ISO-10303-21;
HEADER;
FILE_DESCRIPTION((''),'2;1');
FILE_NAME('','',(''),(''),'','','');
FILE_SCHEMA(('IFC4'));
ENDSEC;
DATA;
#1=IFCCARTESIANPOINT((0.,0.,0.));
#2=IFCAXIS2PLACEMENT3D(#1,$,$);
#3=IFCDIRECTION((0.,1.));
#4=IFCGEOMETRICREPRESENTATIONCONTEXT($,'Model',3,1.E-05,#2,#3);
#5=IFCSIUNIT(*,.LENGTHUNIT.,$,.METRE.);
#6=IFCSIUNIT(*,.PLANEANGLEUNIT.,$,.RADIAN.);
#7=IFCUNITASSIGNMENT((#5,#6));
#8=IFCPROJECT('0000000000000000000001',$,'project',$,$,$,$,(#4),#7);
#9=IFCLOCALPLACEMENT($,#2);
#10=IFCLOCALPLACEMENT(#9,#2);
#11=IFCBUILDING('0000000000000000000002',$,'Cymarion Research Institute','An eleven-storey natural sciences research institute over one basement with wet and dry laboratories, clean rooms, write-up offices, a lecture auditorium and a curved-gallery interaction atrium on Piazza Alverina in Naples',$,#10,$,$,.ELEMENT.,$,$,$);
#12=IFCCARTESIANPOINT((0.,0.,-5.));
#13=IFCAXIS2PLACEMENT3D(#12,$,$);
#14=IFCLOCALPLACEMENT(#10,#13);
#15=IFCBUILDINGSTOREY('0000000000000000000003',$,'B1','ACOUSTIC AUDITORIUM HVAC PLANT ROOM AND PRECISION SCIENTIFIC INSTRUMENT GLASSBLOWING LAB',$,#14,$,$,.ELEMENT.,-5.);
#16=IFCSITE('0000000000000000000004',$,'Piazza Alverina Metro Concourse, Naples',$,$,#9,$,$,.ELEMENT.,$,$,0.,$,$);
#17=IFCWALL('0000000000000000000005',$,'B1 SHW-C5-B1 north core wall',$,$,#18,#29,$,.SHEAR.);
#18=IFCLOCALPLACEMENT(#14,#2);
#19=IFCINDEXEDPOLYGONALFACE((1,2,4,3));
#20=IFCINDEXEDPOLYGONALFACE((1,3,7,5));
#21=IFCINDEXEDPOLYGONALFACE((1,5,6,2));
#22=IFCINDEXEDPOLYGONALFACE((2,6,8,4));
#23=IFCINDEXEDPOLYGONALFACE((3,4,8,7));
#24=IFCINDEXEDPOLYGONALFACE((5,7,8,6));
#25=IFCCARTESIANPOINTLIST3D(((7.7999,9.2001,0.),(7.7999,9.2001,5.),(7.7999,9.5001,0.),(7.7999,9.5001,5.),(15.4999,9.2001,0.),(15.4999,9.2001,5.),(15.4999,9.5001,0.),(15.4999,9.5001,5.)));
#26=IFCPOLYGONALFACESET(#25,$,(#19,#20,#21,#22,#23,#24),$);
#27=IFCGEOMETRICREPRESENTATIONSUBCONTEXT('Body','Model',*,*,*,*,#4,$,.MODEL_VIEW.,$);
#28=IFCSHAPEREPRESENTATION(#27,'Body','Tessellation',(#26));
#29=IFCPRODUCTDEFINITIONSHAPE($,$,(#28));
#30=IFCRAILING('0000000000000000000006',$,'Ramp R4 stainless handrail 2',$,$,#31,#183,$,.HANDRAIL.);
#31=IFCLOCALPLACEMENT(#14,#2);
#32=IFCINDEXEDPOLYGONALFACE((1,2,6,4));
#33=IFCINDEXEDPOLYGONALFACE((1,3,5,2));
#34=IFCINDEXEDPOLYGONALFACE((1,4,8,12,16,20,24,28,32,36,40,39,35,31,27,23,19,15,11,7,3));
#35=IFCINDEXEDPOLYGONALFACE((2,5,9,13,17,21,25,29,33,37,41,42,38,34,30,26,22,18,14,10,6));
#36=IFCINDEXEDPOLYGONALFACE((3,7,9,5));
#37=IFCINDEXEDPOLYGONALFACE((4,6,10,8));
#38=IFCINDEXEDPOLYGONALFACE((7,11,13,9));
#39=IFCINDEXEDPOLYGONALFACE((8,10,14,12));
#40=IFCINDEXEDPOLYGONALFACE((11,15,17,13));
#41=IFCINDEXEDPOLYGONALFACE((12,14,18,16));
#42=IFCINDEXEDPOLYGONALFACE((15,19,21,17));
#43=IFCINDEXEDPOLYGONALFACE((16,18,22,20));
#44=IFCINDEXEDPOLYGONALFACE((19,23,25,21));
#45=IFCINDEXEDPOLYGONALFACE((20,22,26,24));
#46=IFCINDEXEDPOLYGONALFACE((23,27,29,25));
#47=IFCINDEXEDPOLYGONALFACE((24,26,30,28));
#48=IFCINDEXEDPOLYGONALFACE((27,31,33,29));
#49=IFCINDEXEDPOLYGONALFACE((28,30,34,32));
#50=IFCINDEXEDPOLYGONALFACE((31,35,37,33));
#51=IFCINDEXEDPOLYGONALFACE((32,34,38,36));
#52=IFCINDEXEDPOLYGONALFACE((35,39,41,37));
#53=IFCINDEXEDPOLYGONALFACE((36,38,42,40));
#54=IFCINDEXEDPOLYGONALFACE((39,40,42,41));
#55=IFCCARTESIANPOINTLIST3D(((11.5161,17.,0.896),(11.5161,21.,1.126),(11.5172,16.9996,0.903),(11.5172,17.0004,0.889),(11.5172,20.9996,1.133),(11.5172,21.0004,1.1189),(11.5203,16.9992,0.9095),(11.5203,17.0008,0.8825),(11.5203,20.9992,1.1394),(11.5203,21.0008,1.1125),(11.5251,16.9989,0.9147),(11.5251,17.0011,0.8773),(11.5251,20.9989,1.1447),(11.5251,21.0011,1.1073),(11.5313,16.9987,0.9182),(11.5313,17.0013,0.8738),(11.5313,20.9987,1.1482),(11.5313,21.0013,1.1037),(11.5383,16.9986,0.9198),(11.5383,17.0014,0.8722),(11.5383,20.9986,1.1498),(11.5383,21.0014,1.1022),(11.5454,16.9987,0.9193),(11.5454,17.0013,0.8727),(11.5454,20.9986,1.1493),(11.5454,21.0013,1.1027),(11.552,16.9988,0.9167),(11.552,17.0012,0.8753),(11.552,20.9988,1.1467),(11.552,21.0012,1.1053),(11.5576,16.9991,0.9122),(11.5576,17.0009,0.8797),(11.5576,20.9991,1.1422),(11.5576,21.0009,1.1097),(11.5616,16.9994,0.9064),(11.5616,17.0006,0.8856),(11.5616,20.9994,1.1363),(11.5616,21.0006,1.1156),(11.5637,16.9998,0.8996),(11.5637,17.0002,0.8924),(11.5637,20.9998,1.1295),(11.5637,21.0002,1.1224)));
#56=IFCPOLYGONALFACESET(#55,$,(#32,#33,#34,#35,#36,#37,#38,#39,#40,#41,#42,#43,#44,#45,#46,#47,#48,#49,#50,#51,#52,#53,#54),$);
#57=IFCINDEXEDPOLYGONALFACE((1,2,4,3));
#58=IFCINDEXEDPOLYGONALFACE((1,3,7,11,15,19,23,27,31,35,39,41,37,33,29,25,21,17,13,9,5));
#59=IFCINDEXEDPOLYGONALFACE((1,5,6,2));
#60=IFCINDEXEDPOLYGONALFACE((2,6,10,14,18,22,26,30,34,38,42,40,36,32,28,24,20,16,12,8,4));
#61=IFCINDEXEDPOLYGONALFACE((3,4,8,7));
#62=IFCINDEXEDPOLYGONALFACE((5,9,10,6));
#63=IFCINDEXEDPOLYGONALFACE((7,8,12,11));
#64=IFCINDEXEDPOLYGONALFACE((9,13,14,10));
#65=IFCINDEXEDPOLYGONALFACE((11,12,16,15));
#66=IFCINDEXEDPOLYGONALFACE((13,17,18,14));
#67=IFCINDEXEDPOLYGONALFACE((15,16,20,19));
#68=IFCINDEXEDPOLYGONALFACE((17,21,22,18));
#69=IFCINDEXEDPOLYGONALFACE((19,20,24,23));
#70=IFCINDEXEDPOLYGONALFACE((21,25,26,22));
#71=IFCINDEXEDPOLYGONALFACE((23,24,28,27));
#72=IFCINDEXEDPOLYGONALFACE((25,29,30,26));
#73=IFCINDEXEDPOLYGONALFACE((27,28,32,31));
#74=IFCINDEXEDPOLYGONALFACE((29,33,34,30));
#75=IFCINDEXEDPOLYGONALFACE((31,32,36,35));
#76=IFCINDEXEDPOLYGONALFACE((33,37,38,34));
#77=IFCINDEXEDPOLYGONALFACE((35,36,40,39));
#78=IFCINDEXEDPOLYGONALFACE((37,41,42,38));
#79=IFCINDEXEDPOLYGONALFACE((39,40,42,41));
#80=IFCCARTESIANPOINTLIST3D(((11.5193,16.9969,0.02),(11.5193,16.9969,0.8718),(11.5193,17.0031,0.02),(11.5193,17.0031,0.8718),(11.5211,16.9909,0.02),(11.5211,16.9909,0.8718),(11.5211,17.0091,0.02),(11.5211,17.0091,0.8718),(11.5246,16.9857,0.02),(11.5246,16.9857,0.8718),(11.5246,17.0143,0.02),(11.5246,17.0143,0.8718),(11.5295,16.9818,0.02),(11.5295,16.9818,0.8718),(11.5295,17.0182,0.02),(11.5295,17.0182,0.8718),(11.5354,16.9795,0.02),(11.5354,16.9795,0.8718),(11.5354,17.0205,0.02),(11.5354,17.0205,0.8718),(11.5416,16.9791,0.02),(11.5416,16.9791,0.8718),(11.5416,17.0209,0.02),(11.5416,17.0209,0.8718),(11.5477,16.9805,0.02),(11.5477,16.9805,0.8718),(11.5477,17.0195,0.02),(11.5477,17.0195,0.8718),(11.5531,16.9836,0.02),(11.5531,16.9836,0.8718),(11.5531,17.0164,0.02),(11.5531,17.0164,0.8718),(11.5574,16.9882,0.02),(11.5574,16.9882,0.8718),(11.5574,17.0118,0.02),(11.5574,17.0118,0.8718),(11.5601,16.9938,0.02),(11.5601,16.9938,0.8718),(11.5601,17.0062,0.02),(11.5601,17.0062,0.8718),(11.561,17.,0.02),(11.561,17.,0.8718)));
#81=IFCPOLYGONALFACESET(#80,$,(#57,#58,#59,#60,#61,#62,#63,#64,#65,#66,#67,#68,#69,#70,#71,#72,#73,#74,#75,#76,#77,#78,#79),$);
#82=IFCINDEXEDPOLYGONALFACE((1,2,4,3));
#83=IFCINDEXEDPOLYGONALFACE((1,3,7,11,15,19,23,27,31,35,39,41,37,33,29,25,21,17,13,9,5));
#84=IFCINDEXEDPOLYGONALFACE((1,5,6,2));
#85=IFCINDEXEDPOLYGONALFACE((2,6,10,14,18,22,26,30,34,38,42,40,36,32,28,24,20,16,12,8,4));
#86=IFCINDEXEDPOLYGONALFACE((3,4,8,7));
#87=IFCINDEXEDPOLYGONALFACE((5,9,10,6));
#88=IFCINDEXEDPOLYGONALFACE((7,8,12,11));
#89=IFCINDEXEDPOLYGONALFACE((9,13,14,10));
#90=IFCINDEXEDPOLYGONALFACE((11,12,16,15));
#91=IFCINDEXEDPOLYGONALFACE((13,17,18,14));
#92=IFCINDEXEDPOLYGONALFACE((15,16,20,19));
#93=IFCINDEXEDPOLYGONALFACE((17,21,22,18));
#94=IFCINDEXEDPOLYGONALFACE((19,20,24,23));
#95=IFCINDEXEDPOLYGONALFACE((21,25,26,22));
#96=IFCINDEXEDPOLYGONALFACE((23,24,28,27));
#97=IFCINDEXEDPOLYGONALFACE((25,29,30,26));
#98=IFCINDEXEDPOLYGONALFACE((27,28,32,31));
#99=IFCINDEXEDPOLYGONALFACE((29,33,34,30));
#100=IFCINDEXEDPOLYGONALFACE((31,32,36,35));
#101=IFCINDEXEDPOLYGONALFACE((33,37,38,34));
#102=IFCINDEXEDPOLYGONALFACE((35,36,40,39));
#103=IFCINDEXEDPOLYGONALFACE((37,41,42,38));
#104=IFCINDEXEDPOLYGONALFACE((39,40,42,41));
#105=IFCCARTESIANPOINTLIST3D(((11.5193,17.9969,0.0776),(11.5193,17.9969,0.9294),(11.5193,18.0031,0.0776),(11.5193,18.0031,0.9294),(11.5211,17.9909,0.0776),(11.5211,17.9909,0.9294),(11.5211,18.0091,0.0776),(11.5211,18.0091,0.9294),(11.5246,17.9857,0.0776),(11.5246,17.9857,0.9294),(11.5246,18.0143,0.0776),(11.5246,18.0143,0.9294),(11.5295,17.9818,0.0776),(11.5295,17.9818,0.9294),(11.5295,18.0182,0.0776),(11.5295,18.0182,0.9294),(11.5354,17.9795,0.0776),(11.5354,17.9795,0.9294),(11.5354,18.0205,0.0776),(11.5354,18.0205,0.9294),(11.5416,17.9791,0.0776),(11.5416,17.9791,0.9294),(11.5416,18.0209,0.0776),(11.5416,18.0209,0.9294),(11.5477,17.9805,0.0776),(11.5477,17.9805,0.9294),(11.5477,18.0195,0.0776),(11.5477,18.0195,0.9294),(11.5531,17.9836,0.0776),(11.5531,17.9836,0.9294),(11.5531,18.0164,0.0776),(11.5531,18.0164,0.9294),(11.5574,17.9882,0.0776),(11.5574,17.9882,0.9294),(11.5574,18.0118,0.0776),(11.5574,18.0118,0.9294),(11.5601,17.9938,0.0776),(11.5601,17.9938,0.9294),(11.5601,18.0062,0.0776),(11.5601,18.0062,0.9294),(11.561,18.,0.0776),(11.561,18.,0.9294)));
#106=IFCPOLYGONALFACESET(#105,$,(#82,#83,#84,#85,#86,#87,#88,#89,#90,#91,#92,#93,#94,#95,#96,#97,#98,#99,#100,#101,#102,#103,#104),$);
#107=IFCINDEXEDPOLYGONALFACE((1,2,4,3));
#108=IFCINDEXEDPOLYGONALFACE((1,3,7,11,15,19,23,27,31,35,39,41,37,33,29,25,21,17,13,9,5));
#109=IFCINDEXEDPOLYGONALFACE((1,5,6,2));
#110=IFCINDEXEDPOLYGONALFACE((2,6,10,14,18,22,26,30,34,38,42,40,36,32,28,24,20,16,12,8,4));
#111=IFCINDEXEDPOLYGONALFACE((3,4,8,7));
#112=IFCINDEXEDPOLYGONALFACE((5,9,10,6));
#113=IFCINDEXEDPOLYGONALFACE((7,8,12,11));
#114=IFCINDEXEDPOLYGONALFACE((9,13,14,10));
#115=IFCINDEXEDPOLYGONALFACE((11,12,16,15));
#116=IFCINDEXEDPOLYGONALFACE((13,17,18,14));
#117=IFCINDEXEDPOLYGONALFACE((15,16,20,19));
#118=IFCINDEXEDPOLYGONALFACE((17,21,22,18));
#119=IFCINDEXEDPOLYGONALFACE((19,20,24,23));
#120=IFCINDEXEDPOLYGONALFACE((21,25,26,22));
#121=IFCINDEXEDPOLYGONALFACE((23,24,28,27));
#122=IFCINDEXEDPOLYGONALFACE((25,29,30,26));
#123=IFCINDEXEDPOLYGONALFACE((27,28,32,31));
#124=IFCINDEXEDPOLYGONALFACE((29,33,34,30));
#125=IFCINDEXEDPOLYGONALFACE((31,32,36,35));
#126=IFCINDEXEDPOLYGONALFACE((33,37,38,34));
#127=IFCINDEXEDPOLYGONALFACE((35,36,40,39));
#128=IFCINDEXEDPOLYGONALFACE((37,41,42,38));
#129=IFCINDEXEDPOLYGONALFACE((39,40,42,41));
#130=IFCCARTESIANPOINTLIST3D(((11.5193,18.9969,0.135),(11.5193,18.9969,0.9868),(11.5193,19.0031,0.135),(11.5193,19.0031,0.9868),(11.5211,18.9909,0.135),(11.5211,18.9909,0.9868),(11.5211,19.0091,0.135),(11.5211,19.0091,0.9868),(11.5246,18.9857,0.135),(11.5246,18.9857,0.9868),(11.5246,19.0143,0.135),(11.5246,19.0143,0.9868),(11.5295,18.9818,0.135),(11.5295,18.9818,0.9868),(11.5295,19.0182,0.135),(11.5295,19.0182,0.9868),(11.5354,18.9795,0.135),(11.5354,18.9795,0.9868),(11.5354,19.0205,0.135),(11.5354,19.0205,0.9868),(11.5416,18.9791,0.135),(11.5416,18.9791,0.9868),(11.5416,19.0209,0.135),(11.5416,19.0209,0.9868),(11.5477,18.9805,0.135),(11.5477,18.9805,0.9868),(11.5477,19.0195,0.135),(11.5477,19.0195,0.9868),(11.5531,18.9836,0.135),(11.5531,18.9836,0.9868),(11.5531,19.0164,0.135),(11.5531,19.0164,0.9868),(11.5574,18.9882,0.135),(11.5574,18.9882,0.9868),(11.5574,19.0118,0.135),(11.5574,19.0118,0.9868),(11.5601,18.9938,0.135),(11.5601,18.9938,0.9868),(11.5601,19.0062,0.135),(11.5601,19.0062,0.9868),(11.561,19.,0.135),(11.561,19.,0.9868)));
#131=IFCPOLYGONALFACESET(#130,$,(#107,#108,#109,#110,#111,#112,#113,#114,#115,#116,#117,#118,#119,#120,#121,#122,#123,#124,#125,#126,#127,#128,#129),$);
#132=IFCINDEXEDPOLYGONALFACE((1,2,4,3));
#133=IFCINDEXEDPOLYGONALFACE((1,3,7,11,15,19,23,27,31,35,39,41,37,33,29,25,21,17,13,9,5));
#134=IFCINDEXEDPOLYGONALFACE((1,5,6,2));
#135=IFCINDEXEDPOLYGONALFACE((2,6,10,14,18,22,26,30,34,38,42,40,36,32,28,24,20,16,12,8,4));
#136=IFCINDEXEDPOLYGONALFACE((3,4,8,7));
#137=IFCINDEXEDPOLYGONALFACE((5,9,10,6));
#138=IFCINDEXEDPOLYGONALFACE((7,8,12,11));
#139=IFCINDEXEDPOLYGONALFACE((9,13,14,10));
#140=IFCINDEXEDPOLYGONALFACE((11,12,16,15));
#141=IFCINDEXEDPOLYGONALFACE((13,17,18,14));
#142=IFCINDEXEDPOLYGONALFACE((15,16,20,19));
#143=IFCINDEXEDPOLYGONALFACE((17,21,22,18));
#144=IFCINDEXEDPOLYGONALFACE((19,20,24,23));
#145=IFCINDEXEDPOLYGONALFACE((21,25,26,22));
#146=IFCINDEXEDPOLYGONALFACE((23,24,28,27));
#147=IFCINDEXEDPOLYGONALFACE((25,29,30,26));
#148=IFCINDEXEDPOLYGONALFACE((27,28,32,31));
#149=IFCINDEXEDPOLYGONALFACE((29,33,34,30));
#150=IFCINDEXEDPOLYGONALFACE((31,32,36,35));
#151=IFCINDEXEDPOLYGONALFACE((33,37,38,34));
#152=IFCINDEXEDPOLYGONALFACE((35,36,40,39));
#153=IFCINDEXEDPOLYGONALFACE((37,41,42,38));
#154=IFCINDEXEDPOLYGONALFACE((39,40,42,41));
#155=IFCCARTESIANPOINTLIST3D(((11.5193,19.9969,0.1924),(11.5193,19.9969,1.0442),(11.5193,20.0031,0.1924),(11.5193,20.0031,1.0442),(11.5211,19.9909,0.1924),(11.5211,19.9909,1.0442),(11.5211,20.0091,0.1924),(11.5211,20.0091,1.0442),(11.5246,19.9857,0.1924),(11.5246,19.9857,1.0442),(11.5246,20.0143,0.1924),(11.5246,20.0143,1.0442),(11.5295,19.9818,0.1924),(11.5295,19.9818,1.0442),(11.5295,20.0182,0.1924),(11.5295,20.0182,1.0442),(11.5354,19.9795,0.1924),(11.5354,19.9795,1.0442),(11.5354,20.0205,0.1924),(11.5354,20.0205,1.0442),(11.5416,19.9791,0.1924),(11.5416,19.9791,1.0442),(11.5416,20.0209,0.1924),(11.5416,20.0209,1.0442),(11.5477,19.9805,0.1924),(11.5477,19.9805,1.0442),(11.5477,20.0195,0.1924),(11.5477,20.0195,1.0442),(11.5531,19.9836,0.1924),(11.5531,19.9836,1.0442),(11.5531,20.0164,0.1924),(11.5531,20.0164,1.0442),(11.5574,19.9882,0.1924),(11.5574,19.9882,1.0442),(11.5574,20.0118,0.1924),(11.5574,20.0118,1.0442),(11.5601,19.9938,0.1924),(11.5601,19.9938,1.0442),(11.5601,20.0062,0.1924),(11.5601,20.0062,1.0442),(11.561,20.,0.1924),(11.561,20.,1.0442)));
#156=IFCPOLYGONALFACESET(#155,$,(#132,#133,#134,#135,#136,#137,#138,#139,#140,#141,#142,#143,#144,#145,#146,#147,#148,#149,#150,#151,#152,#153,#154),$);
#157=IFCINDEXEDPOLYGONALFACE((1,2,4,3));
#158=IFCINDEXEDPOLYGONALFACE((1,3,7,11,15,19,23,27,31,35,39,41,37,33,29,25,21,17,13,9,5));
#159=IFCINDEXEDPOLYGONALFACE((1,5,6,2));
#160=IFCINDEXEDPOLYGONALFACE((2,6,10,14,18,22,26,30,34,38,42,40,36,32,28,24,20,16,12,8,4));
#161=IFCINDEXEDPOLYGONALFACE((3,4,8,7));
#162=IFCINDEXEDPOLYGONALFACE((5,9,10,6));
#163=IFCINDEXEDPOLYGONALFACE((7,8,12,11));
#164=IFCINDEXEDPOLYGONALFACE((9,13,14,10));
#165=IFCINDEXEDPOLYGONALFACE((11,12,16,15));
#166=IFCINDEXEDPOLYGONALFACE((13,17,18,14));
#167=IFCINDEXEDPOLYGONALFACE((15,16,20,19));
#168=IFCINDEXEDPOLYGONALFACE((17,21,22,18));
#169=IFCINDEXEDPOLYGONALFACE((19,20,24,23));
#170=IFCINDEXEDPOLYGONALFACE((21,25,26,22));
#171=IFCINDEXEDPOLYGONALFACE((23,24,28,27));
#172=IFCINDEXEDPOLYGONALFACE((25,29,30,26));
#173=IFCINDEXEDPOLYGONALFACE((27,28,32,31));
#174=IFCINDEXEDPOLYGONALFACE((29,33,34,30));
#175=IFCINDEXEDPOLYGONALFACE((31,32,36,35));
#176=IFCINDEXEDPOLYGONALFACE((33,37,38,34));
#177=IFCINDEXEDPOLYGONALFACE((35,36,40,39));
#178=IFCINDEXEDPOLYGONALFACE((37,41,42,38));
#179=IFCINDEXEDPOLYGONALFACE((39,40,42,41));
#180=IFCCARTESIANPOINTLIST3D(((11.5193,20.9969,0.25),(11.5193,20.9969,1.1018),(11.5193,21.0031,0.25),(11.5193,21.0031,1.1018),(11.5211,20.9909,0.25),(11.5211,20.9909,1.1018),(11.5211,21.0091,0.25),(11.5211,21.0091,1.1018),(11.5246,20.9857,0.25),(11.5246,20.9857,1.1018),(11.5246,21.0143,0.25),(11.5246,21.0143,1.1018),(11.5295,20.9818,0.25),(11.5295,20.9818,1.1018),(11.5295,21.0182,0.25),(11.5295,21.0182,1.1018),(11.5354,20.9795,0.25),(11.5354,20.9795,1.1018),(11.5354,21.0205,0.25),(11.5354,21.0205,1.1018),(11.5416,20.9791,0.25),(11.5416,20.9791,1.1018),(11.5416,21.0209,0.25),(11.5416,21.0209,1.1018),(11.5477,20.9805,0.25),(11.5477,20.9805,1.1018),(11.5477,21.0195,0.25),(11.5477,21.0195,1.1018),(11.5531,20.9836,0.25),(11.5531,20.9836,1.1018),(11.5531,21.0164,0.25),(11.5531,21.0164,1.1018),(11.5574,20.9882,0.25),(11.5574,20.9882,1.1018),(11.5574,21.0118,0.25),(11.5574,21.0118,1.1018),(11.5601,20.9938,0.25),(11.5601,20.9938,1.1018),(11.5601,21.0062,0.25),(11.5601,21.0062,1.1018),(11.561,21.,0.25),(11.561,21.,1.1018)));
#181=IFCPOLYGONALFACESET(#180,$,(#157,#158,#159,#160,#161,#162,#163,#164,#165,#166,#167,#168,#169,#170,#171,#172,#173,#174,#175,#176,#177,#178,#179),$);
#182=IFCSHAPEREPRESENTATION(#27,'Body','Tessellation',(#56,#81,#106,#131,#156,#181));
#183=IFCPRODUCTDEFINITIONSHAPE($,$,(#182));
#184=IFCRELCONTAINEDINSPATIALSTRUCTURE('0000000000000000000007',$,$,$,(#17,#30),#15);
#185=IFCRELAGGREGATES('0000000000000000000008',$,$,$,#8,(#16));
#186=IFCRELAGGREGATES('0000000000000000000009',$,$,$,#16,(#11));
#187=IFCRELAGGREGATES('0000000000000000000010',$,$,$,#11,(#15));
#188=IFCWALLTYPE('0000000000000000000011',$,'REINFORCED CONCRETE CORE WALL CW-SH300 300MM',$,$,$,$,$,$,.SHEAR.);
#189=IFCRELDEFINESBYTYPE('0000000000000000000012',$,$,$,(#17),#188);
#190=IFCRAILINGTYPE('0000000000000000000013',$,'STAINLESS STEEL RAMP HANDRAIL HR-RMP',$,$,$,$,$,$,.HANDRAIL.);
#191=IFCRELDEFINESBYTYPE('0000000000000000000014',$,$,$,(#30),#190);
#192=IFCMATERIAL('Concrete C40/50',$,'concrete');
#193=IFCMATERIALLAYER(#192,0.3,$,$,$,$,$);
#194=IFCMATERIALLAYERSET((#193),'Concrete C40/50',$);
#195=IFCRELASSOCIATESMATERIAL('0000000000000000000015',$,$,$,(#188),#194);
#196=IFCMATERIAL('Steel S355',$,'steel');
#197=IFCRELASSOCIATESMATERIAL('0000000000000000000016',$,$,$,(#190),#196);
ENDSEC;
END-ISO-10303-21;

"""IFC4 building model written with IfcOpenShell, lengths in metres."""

from ifc_helpers import new_model, si_unit, direction, frame, frame_2d, origin, origin_2d, place, context, subcontext, project, spatial, rectangle, circle, extrude, material, layer, layer_set, type_object, element, save


model = new_model("IFC4")

# Units and contexts
model_context = context("Model", 3, precision=1e-05, world=origin(), true_north=direction((0.0, 1.0)))
body_context = subcontext(model_context, "Body", "Model", "MODEL_VIEW")
ifc_project = project(units=[si_unit("LENGTHUNIT", "METRE"), si_unit("PLANEANGLEUNIT", "RADIAN")], contexts=[model_context])

# Site, building, storey
site_placement = place(None, origin())
site = spatial("IfcSite", under=ifc_project, at=site_placement, Name="Piazza Alverina Metro Concourse, Naples", CompositionType="ELEMENT", RefElevation=0.0)
building_placement = place(site_placement, origin())
building = spatial("IfcBuilding", under=site, at=building_placement, Name="Cymarion Research Institute", Description="An eleven-storey natural sciences research institute over one basement with wet and dry laboratories, clean rooms, write-up offices, a lecture auditorium and a curved-gallery interaction atrium on Piazza Alverina in Naples", CompositionType="ELEMENT")
storey_placement = place(building_placement, frame((0.0, 0.0, -5.0)))
storey = spatial("IfcBuildingStorey", under=building, at=storey_placement, Name="B1", Description="ACOUSTIC AUDITORIUM HVAC PLANT ROOM AND PRECISION SCIENTIFIC INSTRUMENT GLASSBLOWING LAB", CompositionType="ELEMENT", Elevation=-5.0)

# Shared definitions
ifc_material_1 = material(Name="Steel S355", Category="steel")

# Shared definitions
ifc_material_2 = material(Name="Concrete C40/50", Category="concrete")

# Wall
ifc_layer_1 = layer(ifc_material_2, 0.3)
ifc_layer_set_1 = layer_set([ifc_layer_1], Name="Concrete C40/50")
wall_type_1 = type_object("IfcWallType", Name="REINFORCED CONCRETE CORE WALL CW-SH300 300MM", PredefinedType="SHEAR", material=ifc_layer_set_1)
wall_1_placement = place(storey_placement, frame((15.5, 9.3501, 0.0), z_axis=(0.0, 0.0, 1.0), x_axis=(-1.0, 0.0, 0.0)))
element("IfcWall", 1, at=wall_1_placement, inside=storey, type_object=wall_type_1, Name="B1 SHW-C5-B1 north core wall", PredefinedType="SHEAR", context=body_context, shape_type="SweptSolid", body=[
    extrude(rectangle(XDim=7.7, YDim=0.3, at=frame_2d((3.8501, 0.0))), origin(), (0.0, 0.0, 1.0), 5.0),
])

# Railing
railing_type_1 = type_object("IfcRailingType", Name="STAINLESS STEEL RAMP HANDRAIL HR-RMP", PredefinedType="HANDRAIL", material=ifc_material_1)
railing_1_placement = place(storey_placement, frame((11.54, 17.0, 0.02)))
element("IfcRailing", 2, at=railing_1_placement, inside=storey, type_object=railing_type_1, Name="Ramp R4 stainless handrail 2", PredefinedType="HANDRAIL", context=body_context, shape_type="SweptSolid", body=[
    extrude(circle(Radius=0.0239, at=origin_2d()), frame((0.0, 0.0, 0.876), z_axis=(0.0, 0.998351, 0.0574), x_axis=(-1.0, 0.0, 0.0)), (0.0, 0.0, 1.0), 4.0066),
    extrude(circle(Radius=0.021, at=origin_2d()), origin(), (0.0, 0.0, 1.0), 0.8518),
    extrude(circle(Radius=0.021, at=origin_2d()), frame((0.0, 1.0, 0.0576)), (0.0, 0.0, 1.0), 0.8518),
    extrude(circle(Radius=0.021, at=origin_2d()), frame((0.0, 2.0, 0.115)), (0.0, 0.0, 1.0), 0.8518),
    extrude(circle(Radius=0.021, at=origin_2d()), frame((0.0, 3.0, 0.1724)), (0.0, 0.0, 1.0), 0.8518),
    extrude(circle(Radius=0.021, at=origin_2d()), frame((0.0, 4.0, 0.23)), (0.0, 0.0, 1.0), 0.8518),
])

save(model, "model.ifc")
